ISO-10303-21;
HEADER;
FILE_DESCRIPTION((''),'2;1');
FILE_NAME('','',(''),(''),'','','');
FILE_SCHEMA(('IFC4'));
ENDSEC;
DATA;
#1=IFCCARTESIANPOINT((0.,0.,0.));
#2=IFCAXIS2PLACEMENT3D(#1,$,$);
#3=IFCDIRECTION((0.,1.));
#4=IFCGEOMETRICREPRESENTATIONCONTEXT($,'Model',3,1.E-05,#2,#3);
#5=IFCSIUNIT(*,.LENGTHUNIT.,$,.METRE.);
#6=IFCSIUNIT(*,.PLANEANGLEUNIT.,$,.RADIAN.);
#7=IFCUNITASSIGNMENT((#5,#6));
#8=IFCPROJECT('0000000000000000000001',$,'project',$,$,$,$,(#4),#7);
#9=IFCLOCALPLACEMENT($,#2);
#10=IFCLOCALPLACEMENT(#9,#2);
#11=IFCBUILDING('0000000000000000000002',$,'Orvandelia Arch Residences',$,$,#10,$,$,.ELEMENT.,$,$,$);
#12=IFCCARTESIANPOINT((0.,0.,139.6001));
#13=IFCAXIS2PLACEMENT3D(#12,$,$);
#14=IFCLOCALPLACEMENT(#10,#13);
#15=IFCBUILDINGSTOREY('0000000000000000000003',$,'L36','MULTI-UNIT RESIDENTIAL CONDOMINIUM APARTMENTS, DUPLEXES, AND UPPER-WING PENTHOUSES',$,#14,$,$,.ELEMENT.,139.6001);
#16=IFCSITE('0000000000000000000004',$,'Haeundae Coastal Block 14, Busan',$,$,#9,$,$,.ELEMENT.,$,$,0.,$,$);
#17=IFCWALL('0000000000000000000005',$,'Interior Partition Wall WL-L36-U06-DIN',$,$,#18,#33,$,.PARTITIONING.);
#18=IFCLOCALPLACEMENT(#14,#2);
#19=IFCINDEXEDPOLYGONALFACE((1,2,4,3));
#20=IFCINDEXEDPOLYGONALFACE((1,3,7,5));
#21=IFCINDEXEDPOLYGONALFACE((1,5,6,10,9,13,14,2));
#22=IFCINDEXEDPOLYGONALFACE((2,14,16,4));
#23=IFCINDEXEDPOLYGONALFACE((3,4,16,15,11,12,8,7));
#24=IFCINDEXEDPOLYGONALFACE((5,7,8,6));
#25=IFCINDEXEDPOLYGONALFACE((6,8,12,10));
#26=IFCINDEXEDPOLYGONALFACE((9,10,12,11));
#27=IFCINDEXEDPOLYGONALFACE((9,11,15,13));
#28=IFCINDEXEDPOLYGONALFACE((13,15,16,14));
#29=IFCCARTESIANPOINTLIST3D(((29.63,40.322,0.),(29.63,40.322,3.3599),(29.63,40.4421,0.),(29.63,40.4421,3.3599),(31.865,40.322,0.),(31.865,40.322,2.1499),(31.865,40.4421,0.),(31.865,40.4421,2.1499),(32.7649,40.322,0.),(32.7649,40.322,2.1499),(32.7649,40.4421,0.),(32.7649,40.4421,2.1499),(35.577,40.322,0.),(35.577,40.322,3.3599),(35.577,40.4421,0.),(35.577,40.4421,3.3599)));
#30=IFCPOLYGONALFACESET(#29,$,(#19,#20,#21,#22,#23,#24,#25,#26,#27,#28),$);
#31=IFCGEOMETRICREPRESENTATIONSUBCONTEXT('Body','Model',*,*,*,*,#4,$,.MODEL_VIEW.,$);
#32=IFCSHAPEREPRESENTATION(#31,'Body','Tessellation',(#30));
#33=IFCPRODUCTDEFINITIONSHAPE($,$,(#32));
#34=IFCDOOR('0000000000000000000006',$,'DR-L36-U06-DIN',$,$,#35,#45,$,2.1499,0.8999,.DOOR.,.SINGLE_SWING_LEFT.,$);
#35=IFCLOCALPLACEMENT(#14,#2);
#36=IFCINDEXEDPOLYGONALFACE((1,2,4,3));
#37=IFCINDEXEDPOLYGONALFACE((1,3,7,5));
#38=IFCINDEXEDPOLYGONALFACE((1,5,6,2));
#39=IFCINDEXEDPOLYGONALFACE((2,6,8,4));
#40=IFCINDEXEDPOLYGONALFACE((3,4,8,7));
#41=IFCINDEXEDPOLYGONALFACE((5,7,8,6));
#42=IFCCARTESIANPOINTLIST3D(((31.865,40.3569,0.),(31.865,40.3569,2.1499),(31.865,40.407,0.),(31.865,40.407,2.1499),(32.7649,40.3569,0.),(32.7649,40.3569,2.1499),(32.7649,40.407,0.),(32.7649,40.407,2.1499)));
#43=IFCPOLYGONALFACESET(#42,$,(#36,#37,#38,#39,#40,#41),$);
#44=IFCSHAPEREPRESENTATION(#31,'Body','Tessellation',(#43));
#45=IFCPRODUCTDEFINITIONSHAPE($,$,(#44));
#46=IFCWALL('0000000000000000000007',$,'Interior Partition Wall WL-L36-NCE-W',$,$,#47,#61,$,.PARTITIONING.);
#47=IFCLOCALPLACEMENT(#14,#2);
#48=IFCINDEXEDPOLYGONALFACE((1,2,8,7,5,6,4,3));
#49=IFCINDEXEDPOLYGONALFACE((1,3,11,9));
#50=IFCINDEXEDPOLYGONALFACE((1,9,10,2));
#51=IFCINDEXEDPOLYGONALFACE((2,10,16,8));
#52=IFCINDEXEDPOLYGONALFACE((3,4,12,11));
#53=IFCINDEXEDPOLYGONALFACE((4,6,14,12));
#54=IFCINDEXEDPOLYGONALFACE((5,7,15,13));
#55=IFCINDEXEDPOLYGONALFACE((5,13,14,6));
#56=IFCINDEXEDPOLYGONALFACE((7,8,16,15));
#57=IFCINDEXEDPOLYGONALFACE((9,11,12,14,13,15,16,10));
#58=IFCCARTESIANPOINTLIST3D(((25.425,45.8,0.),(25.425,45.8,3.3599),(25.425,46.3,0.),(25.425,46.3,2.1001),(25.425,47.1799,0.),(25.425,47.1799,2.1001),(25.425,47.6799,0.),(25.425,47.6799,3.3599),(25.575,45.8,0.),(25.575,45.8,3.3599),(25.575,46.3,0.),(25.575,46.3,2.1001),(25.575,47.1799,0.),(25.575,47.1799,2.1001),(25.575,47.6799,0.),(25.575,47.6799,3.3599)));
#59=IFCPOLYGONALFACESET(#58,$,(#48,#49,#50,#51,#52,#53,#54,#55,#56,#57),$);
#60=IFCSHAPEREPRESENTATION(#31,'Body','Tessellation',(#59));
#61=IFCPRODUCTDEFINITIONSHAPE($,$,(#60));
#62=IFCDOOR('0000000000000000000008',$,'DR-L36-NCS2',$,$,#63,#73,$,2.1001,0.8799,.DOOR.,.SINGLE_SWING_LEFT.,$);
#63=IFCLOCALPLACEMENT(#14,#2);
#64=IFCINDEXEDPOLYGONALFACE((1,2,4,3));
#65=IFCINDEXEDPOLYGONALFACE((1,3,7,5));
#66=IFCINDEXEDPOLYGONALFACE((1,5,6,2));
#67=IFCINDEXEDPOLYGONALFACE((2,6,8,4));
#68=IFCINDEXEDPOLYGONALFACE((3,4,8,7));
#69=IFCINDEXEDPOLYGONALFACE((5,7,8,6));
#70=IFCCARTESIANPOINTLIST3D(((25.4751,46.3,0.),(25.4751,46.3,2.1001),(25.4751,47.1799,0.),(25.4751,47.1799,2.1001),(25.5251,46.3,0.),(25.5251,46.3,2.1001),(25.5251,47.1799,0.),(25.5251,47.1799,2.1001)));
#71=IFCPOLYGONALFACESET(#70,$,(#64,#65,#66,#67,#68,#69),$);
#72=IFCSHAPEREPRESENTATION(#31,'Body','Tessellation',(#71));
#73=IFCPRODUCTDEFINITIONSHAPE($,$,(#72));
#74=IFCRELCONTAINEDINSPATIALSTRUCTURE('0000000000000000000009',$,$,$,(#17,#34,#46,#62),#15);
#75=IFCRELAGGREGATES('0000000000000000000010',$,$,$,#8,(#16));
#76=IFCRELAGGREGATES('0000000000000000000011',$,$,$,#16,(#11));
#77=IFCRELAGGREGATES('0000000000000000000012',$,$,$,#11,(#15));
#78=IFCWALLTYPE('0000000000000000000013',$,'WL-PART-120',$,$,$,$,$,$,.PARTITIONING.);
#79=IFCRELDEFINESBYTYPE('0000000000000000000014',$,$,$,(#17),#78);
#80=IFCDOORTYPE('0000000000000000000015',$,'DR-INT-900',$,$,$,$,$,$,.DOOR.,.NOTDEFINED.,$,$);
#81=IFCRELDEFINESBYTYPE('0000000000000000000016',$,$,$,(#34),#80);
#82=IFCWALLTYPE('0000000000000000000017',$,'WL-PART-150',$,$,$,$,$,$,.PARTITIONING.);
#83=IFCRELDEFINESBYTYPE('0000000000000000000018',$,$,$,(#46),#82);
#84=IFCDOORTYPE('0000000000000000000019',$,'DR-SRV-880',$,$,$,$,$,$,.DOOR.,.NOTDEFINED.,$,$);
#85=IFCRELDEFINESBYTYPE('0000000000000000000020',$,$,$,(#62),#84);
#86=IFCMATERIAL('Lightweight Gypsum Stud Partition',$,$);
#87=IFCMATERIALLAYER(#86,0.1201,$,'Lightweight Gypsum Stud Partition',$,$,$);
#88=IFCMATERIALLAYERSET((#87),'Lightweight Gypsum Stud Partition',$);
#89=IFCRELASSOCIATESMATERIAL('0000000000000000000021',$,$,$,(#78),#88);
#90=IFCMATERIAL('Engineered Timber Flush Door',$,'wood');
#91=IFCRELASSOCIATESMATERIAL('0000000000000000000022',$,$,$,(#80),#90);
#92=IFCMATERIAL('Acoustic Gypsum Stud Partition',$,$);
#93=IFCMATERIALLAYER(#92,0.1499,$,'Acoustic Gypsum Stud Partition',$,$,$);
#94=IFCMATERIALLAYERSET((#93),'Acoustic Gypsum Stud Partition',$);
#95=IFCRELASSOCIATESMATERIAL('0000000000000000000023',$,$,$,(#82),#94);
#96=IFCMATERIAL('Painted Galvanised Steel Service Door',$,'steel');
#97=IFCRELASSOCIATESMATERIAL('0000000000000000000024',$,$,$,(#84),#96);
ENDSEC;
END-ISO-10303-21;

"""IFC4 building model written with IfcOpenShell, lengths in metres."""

from ifc_helpers import new_model, si_unit, direction, frame, frame_2d, origin, place, context, subcontext, project, spatial, rectangle, extrude, material, layer, layer_set, type_object, element, fill, save


model = new_model("IFC4")

# Units and contexts
model_context = context("Model", 3, precision=1e-05, world=origin(), true_north=direction((0.0, 1.0)))
body_context = subcontext(model_context, "Body", "Model", "MODEL_VIEW")
ifc_project = project(units=[si_unit("LENGTHUNIT", "METRE"), si_unit("PLANEANGLEUNIT", "RADIAN")], contexts=[model_context])

# Site, building, storey
site_placement = place(None, origin())
site = spatial("IfcSite", under=ifc_project, at=site_placement, Name="Haeundae Coastal Block 14, Busan", CompositionType="ELEMENT", RefElevation=0.0)
building_placement = place(site_placement, origin())
building = spatial("IfcBuilding", under=site, at=building_placement, Name="Orvandelia Arch Residences", CompositionType="ELEMENT")
storey_placement = place(building_placement, frame((0.0, 0.0, 139.6001)))
storey = spatial("IfcBuildingStorey", under=building, at=storey_placement, Name="L36", Description="MULTI-UNIT RESIDENTIAL CONDOMINIUM APARTMENTS, DUPLEXES, AND UPPER-WING PENTHOUSES", CompositionType="ELEMENT", Elevation=139.6001)

# Walls, openings, doors
ifc_material_1 = material(Name="Lightweight Gypsum Stud Partition")
ifc_layer_1 = layer(ifc_material_1, 0.1201, Name="Lightweight Gypsum Stud Partition")
ifc_layer_set_1 = layer_set([ifc_layer_1], Name="Lightweight Gypsum Stud Partition")
wall_type_1 = type_object("IfcWallType", Name="WL-PART-120", PredefinedType="PARTITIONING", material=ifc_layer_set_1)
wall_1_placement = place(storey_placement, frame((29.6299, 40.3821, 0.0), z_axis=(0.0, 0.0, 1.0), x_axis=(1.0, 0.0, 0.0)))
wall_1 = element("IfcWall", 1, at=wall_1_placement, inside=storey, type_object=wall_type_1, Name="Interior Partition Wall WL-L36-U06-DIN", PredefinedType="PARTITIONING", context=body_context, shape_type="SweptSolid", body=[
    extrude(rectangle(XDim=5.947, YDim=0.1201, at=frame_2d((2.9736, 0.0))), origin(), (0.0, 0.0, 1.0), 3.3599),
])
opening_1_placement = place(wall_1_placement, frame((2.2351, 0.0, 0.0)))
opening_1 = element("IfcOpeningElement", 2, at=opening_1_placement, cuts=wall_1, PredefinedType="OPENING", context=body_context, shape_type="SweptSolid", body=[
    extrude(rectangle(XDim=0.8999, YDim=2.1499, at=frame_2d((0.45, 1.075))), frame((0.0, 0.0701, 0.0), z_axis=(0.0, -1.0, 0.0), x_axis=(1.0, 0.0, 0.0)), (0.0, 0.0, 1.0), 0.1401),
])
ifc_material_2 = material(Name="Engineered Timber Flush Door", Category="wood")
door_type_1 = type_object("IfcDoorType", Name="DR-INT-900", OperationType="NOTDEFINED", PredefinedType="DOOR", material=ifc_material_2)
door_1_placement = place(opening_1_placement, origin())
door_1 = element("IfcDoor", 3, at=door_1_placement, inside=storey, type_object=door_type_1, Name="DR-L36-U06-DIN", OperationType="SINGLE_SWING_LEFT", OverallHeight=2.1499, OverallWidth=0.8999, PredefinedType="DOOR", context=body_context, shape_type="SweptSolid", body=[
    extrude(rectangle(XDim=0.8999, YDim=2.1499, at=frame_2d((0.45, 1.075))), frame((0.0, 0.0249, 0.0), z_axis=(0.0, -1.0, 0.0), x_axis=(1.0, 0.0, 0.0)), (0.0, 0.0, 1.0), 0.05),
])
fill(opening_1, door_1)
ifc_material_3 = material(Name="Acoustic Gypsum Stud Partition")
ifc_layer_2 = layer(ifc_material_3, 0.1499, Name="Acoustic Gypsum Stud Partition")
ifc_layer_set_2 = layer_set([ifc_layer_2], Name="Acoustic Gypsum Stud Partition")
wall_type_2 = type_object("IfcWallType", Name="WL-PART-150", PredefinedType="PARTITIONING", material=ifc_layer_set_2)
wall_2_placement = place(storey_placement, frame((25.5, 45.8, 0.0), z_axis=(0.0, 0.0, 1.0), x_axis=(0.0, 1.0, 0.0)))
wall_2 = element("IfcWall", 4, at=wall_2_placement, inside=storey, type_object=wall_type_2, Name="Interior Partition Wall WL-L36-NCE-W", PredefinedType="PARTITIONING", context=body_context, shape_type="SweptSolid", body=[
    extrude(rectangle(XDim=1.8799, YDim=0.1499, at=frame_2d((0.9399, 0.0))), origin(), (0.0, 0.0, 1.0), 3.3599),
])
opening_2_placement = place(wall_2_placement, frame((0.5, 0.0, 0.0)))
opening_2 = element("IfcOpeningElement", 5, at=opening_2_placement, cuts=wall_2, PredefinedType="OPENING", context=body_context, shape_type="SweptSolid", body=[
    extrude(rectangle(XDim=0.8799, YDim=2.1001, at=frame_2d((0.4399, 1.05))), frame((0.0, 0.085, 0.0), z_axis=(0.0, -1.0, 0.0), x_axis=(1.0, 0.0, 0.0)), (0.0, 0.0, 1.0), 0.1699),
])
ifc_material_4 = material(Name="Painted Galvanised Steel Service Door", Category="steel")
door_type_2 = type_object("IfcDoorType", Name="DR-SRV-880", OperationType="NOTDEFINED", PredefinedType="DOOR", material=ifc_material_4)
door_2_placement = place(opening_2_placement, origin())
door_2 = element("IfcDoor", 6, at=door_2_placement, inside=storey, type_object=door_type_2, Name="DR-L36-NCS2", OperationType="SINGLE_SWING_LEFT", OverallHeight=2.1001, OverallWidth=0.8799, PredefinedType="DOOR", context=body_context, shape_type="SweptSolid", body=[
    extrude(rectangle(XDim=0.8799, YDim=2.1001, at=frame_2d((0.4399, 1.05))), frame((0.0, 0.0249, 0.0), z_axis=(0.0, -1.0, 0.0), x_axis=(1.0, 0.0, 0.0)), (0.0, 0.0, 1.0), 0.05),
])
fill(opening_2, door_2)

save(model, "model.ifc")
